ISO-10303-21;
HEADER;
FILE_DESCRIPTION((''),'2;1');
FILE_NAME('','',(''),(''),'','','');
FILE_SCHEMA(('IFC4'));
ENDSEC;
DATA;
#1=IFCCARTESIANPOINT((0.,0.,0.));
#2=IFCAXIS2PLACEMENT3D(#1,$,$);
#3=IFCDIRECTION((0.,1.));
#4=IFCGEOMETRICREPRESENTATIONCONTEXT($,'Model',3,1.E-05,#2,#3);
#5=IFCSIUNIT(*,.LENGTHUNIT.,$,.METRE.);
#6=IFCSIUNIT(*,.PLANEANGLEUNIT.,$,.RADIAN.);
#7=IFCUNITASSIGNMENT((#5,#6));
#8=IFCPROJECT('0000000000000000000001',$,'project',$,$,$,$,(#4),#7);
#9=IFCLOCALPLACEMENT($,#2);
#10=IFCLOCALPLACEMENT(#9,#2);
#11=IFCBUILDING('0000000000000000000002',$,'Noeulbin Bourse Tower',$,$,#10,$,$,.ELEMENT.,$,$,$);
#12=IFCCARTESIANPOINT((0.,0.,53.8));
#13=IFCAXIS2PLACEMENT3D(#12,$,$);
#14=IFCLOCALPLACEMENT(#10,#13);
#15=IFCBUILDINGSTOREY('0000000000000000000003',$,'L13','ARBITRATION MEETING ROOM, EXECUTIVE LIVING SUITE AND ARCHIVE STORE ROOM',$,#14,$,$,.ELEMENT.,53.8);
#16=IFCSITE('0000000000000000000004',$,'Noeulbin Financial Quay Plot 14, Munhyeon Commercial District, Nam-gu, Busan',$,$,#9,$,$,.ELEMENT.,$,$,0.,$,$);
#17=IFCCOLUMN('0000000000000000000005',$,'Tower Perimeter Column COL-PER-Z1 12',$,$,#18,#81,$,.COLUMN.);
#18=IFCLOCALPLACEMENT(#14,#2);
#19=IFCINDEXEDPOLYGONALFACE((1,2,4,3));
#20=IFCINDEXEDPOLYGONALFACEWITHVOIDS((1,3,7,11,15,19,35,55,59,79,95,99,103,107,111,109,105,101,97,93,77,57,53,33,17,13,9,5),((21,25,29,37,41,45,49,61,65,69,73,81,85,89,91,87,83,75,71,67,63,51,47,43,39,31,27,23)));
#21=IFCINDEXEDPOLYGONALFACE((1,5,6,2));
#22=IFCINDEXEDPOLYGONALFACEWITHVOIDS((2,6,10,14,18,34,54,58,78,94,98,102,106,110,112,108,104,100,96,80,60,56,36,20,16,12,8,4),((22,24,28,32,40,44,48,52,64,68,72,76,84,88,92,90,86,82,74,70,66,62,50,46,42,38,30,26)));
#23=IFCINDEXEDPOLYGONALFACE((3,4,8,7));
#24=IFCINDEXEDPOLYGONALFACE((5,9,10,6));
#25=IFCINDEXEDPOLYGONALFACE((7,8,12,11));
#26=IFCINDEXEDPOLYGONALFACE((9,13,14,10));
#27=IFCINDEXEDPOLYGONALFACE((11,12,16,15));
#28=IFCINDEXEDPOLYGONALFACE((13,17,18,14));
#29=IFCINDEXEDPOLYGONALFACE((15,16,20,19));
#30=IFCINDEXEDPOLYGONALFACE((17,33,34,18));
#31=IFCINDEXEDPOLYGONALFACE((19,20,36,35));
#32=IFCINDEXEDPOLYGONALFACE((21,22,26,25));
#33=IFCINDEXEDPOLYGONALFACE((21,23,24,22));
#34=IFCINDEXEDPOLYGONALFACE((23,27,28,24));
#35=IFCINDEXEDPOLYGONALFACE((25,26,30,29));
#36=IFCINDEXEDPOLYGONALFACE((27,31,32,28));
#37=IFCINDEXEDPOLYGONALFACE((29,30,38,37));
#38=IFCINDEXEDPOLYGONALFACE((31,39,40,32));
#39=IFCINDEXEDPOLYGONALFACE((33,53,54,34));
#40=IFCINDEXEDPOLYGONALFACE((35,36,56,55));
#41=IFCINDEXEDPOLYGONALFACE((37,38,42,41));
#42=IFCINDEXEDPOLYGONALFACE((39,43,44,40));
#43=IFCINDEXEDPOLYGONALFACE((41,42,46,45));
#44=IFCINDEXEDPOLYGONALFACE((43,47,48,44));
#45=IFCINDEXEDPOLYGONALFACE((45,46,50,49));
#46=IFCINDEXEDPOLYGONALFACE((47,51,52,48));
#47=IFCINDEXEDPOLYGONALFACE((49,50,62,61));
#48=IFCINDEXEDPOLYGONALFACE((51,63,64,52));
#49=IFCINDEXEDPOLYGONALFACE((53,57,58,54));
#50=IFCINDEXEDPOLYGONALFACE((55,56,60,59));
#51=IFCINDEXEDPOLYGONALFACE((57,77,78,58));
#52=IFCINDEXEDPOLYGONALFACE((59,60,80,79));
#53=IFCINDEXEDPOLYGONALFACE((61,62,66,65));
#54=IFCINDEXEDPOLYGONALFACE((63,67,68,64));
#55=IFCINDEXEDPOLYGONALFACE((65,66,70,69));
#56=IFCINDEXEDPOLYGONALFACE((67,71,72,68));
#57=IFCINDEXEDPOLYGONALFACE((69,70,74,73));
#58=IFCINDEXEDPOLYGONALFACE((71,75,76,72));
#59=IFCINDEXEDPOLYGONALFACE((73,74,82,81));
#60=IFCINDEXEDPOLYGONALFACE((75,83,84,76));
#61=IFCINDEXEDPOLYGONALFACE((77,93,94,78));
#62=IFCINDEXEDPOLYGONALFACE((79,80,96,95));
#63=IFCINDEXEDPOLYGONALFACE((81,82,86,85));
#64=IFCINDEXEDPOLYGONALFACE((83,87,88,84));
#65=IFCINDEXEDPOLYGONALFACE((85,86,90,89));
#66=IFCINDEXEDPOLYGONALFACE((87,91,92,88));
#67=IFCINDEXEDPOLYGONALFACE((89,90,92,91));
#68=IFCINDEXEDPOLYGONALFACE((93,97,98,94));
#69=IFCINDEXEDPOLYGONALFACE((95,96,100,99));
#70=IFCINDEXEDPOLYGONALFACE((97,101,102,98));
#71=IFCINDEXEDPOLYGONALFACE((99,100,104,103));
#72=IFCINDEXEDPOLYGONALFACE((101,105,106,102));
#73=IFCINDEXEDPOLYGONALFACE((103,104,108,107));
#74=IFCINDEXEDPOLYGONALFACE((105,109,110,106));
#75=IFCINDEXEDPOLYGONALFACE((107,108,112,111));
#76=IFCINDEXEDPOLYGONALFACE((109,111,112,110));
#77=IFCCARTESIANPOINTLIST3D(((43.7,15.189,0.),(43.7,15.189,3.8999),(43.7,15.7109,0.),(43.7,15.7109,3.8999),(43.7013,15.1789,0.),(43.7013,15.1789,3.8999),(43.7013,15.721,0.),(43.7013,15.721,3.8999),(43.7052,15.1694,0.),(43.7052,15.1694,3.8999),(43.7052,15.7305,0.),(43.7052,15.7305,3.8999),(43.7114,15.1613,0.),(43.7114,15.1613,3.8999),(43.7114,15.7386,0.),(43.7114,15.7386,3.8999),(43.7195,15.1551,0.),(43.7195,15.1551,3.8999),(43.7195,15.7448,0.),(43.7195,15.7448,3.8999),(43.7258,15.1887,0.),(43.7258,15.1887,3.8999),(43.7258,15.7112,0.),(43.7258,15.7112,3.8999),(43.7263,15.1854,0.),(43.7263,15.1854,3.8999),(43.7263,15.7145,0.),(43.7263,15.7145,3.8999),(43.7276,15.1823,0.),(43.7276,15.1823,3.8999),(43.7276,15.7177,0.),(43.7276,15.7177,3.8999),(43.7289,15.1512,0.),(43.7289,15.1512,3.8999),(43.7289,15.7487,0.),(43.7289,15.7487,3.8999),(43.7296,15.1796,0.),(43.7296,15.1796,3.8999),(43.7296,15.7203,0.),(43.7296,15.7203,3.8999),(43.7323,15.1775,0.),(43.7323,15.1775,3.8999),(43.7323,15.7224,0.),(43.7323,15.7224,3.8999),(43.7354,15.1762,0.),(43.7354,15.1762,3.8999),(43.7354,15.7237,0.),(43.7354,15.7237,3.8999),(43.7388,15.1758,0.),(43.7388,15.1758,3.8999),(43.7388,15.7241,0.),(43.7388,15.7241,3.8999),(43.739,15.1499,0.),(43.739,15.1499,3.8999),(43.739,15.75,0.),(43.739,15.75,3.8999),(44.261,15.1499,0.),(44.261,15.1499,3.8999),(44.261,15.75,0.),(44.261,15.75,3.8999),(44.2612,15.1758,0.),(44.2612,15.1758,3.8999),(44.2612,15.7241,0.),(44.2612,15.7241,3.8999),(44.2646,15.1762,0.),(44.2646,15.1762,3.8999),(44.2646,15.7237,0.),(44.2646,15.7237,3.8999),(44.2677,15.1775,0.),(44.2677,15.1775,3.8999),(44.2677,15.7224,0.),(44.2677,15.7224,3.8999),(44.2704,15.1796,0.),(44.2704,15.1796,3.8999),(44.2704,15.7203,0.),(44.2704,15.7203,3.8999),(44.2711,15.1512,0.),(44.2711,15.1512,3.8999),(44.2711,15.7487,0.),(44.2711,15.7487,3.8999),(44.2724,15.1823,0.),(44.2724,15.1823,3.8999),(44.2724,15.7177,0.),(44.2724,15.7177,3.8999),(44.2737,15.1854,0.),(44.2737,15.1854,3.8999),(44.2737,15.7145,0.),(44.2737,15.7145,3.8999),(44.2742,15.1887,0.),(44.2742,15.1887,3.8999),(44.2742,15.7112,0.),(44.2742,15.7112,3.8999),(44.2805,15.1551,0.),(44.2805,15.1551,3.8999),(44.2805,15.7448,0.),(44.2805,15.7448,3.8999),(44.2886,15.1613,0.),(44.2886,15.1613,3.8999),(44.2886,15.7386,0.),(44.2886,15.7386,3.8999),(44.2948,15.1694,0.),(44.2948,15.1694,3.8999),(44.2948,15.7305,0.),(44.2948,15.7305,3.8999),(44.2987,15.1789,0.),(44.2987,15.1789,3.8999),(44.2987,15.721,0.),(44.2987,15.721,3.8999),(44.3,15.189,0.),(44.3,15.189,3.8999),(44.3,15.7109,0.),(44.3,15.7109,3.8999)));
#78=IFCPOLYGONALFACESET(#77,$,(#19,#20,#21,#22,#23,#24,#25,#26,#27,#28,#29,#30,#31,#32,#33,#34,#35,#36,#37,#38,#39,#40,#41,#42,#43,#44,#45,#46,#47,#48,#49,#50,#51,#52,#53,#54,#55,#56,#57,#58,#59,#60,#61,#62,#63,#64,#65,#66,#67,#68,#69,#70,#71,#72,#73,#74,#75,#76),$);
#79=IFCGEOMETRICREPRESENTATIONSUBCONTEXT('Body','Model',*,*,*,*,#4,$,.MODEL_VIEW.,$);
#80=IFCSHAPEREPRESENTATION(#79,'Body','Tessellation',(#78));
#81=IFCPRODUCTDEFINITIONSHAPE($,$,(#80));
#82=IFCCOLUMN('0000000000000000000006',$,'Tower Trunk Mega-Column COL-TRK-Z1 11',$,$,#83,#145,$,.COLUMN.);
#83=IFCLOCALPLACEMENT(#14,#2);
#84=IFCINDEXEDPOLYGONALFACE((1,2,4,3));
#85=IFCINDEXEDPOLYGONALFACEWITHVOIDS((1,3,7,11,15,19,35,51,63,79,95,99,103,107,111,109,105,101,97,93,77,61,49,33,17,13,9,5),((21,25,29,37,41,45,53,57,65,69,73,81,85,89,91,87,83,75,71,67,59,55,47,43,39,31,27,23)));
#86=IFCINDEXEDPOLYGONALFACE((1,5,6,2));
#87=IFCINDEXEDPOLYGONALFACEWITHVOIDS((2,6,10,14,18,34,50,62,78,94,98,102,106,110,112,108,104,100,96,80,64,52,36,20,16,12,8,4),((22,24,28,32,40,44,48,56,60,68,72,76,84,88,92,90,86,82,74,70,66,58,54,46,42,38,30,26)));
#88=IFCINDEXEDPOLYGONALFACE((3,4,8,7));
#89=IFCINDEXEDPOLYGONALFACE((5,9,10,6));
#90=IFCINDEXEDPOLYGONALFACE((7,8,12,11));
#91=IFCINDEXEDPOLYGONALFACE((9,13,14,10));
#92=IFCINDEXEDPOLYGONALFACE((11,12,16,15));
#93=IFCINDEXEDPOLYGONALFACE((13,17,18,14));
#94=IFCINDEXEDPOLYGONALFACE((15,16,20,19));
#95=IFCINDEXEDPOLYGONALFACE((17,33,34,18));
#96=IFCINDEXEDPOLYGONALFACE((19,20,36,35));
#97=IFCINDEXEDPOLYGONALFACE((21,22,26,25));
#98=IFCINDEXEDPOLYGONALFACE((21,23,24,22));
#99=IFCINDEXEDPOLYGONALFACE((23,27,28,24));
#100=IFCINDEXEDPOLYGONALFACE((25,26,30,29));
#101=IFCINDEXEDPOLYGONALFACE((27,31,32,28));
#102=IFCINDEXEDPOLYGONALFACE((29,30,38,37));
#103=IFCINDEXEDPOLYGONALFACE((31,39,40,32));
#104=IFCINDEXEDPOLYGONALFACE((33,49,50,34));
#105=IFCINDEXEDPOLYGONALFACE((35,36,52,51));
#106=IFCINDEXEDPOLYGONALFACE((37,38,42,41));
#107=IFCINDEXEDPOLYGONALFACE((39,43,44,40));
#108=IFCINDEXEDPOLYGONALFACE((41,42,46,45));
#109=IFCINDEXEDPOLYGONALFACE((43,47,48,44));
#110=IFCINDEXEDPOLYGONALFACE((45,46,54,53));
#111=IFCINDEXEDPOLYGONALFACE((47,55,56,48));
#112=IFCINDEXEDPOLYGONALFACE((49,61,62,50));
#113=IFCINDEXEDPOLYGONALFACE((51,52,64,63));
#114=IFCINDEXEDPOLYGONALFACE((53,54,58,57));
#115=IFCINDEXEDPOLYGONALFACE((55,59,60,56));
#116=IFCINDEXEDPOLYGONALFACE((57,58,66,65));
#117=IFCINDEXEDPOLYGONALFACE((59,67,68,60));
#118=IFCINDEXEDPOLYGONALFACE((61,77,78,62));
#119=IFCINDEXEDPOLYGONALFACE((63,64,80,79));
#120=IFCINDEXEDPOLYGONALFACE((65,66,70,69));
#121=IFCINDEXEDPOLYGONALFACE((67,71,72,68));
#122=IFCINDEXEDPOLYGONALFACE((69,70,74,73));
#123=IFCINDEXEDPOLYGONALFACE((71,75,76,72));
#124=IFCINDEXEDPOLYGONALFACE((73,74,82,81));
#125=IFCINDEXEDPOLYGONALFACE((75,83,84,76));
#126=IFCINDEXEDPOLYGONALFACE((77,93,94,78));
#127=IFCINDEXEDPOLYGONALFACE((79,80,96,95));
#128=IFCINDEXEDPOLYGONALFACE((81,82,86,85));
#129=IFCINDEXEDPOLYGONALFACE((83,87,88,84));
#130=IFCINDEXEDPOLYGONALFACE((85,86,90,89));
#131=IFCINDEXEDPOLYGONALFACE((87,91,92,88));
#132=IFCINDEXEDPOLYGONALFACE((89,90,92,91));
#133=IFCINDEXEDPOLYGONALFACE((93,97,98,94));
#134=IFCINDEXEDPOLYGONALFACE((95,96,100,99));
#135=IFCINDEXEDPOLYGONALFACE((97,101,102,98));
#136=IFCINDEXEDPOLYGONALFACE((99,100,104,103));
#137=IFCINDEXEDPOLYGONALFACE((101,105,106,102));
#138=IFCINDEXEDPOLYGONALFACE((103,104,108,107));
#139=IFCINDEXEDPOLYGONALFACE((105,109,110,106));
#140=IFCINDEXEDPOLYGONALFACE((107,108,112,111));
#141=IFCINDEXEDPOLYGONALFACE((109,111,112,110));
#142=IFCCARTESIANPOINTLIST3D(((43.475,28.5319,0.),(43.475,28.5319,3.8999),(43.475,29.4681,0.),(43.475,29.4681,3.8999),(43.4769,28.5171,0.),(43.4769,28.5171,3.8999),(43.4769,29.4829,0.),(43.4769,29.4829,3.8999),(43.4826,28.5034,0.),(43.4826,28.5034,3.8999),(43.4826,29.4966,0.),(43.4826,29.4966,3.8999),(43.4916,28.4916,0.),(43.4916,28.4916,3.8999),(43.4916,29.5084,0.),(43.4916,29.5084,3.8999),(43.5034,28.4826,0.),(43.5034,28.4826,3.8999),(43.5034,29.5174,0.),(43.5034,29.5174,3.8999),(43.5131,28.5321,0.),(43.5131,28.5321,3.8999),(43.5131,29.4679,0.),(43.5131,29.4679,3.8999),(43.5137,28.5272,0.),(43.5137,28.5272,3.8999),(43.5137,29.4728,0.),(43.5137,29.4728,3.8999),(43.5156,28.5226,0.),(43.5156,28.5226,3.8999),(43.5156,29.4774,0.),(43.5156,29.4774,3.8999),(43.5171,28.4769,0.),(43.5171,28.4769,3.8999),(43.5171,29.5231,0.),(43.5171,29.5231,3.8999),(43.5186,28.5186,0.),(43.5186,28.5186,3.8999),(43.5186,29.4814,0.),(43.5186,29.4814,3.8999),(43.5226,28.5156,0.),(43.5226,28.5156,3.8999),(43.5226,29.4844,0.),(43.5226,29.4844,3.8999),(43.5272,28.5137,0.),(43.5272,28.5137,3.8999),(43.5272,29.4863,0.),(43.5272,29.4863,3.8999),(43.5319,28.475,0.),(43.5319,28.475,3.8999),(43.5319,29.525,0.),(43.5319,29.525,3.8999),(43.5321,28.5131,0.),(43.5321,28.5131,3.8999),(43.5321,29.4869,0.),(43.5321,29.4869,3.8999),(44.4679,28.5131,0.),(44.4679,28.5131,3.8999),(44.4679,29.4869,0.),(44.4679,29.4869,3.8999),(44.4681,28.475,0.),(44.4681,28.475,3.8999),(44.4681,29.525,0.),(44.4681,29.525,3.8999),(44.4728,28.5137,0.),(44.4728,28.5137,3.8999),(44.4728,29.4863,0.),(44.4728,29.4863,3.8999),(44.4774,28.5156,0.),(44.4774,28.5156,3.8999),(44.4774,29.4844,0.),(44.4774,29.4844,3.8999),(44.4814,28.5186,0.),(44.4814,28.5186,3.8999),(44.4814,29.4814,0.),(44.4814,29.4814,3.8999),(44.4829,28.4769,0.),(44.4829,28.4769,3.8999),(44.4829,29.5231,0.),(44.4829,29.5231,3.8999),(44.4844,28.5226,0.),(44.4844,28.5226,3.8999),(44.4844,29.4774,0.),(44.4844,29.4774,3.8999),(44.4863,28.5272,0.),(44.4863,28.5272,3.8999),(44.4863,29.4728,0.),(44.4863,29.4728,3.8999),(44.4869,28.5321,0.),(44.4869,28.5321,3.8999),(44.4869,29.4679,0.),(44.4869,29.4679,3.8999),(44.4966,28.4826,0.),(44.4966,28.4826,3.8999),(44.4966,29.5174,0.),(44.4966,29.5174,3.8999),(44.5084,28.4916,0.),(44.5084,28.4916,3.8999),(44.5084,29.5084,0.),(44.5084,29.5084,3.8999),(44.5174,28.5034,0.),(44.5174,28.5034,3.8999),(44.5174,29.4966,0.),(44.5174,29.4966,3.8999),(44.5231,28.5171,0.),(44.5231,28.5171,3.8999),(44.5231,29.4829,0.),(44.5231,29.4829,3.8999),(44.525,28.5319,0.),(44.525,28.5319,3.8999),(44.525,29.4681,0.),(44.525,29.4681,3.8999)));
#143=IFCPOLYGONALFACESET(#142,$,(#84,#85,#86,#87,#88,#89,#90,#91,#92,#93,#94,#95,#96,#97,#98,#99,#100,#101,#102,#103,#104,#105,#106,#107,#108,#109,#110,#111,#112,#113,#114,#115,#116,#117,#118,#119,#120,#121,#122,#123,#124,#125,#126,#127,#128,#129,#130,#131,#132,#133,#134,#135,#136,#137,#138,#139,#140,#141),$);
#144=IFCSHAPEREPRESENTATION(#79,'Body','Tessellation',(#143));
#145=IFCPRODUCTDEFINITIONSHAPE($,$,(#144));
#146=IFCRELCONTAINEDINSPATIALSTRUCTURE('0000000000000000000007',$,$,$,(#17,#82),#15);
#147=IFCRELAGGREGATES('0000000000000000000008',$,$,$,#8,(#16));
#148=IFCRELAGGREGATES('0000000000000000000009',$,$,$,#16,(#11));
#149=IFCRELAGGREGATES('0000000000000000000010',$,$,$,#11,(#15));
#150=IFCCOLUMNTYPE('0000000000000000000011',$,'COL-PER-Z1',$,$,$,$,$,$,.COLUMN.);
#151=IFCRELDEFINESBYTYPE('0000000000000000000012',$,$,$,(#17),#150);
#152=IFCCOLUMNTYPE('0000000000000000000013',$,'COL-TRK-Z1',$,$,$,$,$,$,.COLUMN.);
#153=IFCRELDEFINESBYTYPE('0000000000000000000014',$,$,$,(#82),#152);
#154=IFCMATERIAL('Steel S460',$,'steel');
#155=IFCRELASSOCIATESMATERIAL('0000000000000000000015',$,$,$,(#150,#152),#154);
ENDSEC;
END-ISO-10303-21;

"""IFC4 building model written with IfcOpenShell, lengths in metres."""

from ifc_helpers import new_model, si_unit, direction, frame, origin, origin_2d, place, context, subcontext, project, spatial, hollow_rectangle, extrude, material, material_profile, profile_set, type_object, element, save


model = new_model("IFC4")

# Units and contexts
model_context = context("Model", 3, precision=1e-05, world=origin(), true_north=direction((0.0, 1.0)))
body_context = subcontext(model_context, "Body", "Model", "MODEL_VIEW")
ifc_project = project(units=[si_unit("LENGTHUNIT", "METRE"), si_unit("PLANEANGLEUNIT", "RADIAN")], contexts=[model_context])

# Site, building, storey
site_placement = place(None, origin())
site = spatial("IfcSite", under=ifc_project, at=site_placement, Name="Noeulbin Financial Quay Plot 14, Munhyeon Commercial District, Nam-gu, Busan", CompositionType="ELEMENT", RefElevation=0.0)
building_placement = place(site_placement, origin())
building = spatial("IfcBuilding", under=site, at=building_placement, Name="Noeulbin Bourse Tower", CompositionType="ELEMENT")
storey_placement = place(building_placement, frame((0.0, 0.0, 53.8)))
storey = spatial("IfcBuildingStorey", under=building, at=storey_placement, Name="L13", Description="ARBITRATION MEETING ROOM, EXECUTIVE LIVING SUITE AND ARCHIVE STORE ROOM", CompositionType="ELEMENT", Elevation=53.8)

# Columns
ifc_material_1 = material(Name="Steel S460", Category="steel")
ifc_material_profile_1 = material_profile(ifc_material_1, hollow_rectangle(XDim=0.6001, YDim=0.6001, WallThickness=0.0259, InnerFilletRadius=0.0129, OuterFilletRadius=0.0391, at=origin_2d()), Name="BOX-600x600x26", Category="LoadBearing")
ifc_profile_set_1 = profile_set([ifc_material_profile_1], Name="Steel S460")
column_type_1 = type_object("IfcColumnType", Name="COL-PER-Z1", PredefinedType="COLUMN", material=ifc_profile_set_1)
column_placement = place(storey_placement, frame((44.0, 15.45, 0.0), z_axis=(0.0, 0.0, 1.0), x_axis=(1.0, 0.0, 0.0)))
element("IfcColumn", 1, at=column_placement, inside=storey, type_object=column_type_1, Name="Tower Perimeter Column COL-PER-Z1 12", PredefinedType="COLUMN", context=body_context, shape_type="SweptSolid", body=[
    extrude(hollow_rectangle(XDim=0.6001, YDim=0.6001, WallThickness=0.0259, InnerFilletRadius=0.0129, OuterFilletRadius=0.0391, at=origin_2d()), origin(), (0.0, 0.0, 1.0), 3.8999),
])
ifc_material_profile_2 = material_profile(ifc_material_1, hollow_rectangle(XDim=1.05, YDim=1.05, WallThickness=0.0381, InnerFilletRadius=0.019, OuterFilletRadius=0.0569, at=origin_2d()), Name="BOX-1050x1050x38", Category="LoadBearing")
ifc_profile_set_2 = profile_set([ifc_material_profile_2], Name="Steel S460")
column_type_2 = type_object("IfcColumnType", Name="COL-TRK-Z1", PredefinedType="COLUMN", material=ifc_profile_set_2)
for number, where, z_axis, x_axis, name in (
    (2, (44.0, 29.0, 0.0), (0.0, 0.0, 1.0), (1.0, 0.0, 0.0), "Tower Trunk Mega-Column COL-TRK-Z1 11"),
):
    element("IfcColumn", number, at=place(storey_placement, frame(where, z_axis=z_axis, x_axis=x_axis)), inside=storey, type_object=column_type_2, Name=name, PredefinedType="COLUMN", context=body_context, shape_type="SweptSolid", body=[
        extrude(hollow_rectangle(XDim=1.05, YDim=1.05, WallThickness=0.0381, InnerFilletRadius=0.019, OuterFilletRadius=0.0569, at=origin_2d()), origin(), (0.0, 0.0, 1.0), 3.8999),
    ])

save(model, "model.ifc")
